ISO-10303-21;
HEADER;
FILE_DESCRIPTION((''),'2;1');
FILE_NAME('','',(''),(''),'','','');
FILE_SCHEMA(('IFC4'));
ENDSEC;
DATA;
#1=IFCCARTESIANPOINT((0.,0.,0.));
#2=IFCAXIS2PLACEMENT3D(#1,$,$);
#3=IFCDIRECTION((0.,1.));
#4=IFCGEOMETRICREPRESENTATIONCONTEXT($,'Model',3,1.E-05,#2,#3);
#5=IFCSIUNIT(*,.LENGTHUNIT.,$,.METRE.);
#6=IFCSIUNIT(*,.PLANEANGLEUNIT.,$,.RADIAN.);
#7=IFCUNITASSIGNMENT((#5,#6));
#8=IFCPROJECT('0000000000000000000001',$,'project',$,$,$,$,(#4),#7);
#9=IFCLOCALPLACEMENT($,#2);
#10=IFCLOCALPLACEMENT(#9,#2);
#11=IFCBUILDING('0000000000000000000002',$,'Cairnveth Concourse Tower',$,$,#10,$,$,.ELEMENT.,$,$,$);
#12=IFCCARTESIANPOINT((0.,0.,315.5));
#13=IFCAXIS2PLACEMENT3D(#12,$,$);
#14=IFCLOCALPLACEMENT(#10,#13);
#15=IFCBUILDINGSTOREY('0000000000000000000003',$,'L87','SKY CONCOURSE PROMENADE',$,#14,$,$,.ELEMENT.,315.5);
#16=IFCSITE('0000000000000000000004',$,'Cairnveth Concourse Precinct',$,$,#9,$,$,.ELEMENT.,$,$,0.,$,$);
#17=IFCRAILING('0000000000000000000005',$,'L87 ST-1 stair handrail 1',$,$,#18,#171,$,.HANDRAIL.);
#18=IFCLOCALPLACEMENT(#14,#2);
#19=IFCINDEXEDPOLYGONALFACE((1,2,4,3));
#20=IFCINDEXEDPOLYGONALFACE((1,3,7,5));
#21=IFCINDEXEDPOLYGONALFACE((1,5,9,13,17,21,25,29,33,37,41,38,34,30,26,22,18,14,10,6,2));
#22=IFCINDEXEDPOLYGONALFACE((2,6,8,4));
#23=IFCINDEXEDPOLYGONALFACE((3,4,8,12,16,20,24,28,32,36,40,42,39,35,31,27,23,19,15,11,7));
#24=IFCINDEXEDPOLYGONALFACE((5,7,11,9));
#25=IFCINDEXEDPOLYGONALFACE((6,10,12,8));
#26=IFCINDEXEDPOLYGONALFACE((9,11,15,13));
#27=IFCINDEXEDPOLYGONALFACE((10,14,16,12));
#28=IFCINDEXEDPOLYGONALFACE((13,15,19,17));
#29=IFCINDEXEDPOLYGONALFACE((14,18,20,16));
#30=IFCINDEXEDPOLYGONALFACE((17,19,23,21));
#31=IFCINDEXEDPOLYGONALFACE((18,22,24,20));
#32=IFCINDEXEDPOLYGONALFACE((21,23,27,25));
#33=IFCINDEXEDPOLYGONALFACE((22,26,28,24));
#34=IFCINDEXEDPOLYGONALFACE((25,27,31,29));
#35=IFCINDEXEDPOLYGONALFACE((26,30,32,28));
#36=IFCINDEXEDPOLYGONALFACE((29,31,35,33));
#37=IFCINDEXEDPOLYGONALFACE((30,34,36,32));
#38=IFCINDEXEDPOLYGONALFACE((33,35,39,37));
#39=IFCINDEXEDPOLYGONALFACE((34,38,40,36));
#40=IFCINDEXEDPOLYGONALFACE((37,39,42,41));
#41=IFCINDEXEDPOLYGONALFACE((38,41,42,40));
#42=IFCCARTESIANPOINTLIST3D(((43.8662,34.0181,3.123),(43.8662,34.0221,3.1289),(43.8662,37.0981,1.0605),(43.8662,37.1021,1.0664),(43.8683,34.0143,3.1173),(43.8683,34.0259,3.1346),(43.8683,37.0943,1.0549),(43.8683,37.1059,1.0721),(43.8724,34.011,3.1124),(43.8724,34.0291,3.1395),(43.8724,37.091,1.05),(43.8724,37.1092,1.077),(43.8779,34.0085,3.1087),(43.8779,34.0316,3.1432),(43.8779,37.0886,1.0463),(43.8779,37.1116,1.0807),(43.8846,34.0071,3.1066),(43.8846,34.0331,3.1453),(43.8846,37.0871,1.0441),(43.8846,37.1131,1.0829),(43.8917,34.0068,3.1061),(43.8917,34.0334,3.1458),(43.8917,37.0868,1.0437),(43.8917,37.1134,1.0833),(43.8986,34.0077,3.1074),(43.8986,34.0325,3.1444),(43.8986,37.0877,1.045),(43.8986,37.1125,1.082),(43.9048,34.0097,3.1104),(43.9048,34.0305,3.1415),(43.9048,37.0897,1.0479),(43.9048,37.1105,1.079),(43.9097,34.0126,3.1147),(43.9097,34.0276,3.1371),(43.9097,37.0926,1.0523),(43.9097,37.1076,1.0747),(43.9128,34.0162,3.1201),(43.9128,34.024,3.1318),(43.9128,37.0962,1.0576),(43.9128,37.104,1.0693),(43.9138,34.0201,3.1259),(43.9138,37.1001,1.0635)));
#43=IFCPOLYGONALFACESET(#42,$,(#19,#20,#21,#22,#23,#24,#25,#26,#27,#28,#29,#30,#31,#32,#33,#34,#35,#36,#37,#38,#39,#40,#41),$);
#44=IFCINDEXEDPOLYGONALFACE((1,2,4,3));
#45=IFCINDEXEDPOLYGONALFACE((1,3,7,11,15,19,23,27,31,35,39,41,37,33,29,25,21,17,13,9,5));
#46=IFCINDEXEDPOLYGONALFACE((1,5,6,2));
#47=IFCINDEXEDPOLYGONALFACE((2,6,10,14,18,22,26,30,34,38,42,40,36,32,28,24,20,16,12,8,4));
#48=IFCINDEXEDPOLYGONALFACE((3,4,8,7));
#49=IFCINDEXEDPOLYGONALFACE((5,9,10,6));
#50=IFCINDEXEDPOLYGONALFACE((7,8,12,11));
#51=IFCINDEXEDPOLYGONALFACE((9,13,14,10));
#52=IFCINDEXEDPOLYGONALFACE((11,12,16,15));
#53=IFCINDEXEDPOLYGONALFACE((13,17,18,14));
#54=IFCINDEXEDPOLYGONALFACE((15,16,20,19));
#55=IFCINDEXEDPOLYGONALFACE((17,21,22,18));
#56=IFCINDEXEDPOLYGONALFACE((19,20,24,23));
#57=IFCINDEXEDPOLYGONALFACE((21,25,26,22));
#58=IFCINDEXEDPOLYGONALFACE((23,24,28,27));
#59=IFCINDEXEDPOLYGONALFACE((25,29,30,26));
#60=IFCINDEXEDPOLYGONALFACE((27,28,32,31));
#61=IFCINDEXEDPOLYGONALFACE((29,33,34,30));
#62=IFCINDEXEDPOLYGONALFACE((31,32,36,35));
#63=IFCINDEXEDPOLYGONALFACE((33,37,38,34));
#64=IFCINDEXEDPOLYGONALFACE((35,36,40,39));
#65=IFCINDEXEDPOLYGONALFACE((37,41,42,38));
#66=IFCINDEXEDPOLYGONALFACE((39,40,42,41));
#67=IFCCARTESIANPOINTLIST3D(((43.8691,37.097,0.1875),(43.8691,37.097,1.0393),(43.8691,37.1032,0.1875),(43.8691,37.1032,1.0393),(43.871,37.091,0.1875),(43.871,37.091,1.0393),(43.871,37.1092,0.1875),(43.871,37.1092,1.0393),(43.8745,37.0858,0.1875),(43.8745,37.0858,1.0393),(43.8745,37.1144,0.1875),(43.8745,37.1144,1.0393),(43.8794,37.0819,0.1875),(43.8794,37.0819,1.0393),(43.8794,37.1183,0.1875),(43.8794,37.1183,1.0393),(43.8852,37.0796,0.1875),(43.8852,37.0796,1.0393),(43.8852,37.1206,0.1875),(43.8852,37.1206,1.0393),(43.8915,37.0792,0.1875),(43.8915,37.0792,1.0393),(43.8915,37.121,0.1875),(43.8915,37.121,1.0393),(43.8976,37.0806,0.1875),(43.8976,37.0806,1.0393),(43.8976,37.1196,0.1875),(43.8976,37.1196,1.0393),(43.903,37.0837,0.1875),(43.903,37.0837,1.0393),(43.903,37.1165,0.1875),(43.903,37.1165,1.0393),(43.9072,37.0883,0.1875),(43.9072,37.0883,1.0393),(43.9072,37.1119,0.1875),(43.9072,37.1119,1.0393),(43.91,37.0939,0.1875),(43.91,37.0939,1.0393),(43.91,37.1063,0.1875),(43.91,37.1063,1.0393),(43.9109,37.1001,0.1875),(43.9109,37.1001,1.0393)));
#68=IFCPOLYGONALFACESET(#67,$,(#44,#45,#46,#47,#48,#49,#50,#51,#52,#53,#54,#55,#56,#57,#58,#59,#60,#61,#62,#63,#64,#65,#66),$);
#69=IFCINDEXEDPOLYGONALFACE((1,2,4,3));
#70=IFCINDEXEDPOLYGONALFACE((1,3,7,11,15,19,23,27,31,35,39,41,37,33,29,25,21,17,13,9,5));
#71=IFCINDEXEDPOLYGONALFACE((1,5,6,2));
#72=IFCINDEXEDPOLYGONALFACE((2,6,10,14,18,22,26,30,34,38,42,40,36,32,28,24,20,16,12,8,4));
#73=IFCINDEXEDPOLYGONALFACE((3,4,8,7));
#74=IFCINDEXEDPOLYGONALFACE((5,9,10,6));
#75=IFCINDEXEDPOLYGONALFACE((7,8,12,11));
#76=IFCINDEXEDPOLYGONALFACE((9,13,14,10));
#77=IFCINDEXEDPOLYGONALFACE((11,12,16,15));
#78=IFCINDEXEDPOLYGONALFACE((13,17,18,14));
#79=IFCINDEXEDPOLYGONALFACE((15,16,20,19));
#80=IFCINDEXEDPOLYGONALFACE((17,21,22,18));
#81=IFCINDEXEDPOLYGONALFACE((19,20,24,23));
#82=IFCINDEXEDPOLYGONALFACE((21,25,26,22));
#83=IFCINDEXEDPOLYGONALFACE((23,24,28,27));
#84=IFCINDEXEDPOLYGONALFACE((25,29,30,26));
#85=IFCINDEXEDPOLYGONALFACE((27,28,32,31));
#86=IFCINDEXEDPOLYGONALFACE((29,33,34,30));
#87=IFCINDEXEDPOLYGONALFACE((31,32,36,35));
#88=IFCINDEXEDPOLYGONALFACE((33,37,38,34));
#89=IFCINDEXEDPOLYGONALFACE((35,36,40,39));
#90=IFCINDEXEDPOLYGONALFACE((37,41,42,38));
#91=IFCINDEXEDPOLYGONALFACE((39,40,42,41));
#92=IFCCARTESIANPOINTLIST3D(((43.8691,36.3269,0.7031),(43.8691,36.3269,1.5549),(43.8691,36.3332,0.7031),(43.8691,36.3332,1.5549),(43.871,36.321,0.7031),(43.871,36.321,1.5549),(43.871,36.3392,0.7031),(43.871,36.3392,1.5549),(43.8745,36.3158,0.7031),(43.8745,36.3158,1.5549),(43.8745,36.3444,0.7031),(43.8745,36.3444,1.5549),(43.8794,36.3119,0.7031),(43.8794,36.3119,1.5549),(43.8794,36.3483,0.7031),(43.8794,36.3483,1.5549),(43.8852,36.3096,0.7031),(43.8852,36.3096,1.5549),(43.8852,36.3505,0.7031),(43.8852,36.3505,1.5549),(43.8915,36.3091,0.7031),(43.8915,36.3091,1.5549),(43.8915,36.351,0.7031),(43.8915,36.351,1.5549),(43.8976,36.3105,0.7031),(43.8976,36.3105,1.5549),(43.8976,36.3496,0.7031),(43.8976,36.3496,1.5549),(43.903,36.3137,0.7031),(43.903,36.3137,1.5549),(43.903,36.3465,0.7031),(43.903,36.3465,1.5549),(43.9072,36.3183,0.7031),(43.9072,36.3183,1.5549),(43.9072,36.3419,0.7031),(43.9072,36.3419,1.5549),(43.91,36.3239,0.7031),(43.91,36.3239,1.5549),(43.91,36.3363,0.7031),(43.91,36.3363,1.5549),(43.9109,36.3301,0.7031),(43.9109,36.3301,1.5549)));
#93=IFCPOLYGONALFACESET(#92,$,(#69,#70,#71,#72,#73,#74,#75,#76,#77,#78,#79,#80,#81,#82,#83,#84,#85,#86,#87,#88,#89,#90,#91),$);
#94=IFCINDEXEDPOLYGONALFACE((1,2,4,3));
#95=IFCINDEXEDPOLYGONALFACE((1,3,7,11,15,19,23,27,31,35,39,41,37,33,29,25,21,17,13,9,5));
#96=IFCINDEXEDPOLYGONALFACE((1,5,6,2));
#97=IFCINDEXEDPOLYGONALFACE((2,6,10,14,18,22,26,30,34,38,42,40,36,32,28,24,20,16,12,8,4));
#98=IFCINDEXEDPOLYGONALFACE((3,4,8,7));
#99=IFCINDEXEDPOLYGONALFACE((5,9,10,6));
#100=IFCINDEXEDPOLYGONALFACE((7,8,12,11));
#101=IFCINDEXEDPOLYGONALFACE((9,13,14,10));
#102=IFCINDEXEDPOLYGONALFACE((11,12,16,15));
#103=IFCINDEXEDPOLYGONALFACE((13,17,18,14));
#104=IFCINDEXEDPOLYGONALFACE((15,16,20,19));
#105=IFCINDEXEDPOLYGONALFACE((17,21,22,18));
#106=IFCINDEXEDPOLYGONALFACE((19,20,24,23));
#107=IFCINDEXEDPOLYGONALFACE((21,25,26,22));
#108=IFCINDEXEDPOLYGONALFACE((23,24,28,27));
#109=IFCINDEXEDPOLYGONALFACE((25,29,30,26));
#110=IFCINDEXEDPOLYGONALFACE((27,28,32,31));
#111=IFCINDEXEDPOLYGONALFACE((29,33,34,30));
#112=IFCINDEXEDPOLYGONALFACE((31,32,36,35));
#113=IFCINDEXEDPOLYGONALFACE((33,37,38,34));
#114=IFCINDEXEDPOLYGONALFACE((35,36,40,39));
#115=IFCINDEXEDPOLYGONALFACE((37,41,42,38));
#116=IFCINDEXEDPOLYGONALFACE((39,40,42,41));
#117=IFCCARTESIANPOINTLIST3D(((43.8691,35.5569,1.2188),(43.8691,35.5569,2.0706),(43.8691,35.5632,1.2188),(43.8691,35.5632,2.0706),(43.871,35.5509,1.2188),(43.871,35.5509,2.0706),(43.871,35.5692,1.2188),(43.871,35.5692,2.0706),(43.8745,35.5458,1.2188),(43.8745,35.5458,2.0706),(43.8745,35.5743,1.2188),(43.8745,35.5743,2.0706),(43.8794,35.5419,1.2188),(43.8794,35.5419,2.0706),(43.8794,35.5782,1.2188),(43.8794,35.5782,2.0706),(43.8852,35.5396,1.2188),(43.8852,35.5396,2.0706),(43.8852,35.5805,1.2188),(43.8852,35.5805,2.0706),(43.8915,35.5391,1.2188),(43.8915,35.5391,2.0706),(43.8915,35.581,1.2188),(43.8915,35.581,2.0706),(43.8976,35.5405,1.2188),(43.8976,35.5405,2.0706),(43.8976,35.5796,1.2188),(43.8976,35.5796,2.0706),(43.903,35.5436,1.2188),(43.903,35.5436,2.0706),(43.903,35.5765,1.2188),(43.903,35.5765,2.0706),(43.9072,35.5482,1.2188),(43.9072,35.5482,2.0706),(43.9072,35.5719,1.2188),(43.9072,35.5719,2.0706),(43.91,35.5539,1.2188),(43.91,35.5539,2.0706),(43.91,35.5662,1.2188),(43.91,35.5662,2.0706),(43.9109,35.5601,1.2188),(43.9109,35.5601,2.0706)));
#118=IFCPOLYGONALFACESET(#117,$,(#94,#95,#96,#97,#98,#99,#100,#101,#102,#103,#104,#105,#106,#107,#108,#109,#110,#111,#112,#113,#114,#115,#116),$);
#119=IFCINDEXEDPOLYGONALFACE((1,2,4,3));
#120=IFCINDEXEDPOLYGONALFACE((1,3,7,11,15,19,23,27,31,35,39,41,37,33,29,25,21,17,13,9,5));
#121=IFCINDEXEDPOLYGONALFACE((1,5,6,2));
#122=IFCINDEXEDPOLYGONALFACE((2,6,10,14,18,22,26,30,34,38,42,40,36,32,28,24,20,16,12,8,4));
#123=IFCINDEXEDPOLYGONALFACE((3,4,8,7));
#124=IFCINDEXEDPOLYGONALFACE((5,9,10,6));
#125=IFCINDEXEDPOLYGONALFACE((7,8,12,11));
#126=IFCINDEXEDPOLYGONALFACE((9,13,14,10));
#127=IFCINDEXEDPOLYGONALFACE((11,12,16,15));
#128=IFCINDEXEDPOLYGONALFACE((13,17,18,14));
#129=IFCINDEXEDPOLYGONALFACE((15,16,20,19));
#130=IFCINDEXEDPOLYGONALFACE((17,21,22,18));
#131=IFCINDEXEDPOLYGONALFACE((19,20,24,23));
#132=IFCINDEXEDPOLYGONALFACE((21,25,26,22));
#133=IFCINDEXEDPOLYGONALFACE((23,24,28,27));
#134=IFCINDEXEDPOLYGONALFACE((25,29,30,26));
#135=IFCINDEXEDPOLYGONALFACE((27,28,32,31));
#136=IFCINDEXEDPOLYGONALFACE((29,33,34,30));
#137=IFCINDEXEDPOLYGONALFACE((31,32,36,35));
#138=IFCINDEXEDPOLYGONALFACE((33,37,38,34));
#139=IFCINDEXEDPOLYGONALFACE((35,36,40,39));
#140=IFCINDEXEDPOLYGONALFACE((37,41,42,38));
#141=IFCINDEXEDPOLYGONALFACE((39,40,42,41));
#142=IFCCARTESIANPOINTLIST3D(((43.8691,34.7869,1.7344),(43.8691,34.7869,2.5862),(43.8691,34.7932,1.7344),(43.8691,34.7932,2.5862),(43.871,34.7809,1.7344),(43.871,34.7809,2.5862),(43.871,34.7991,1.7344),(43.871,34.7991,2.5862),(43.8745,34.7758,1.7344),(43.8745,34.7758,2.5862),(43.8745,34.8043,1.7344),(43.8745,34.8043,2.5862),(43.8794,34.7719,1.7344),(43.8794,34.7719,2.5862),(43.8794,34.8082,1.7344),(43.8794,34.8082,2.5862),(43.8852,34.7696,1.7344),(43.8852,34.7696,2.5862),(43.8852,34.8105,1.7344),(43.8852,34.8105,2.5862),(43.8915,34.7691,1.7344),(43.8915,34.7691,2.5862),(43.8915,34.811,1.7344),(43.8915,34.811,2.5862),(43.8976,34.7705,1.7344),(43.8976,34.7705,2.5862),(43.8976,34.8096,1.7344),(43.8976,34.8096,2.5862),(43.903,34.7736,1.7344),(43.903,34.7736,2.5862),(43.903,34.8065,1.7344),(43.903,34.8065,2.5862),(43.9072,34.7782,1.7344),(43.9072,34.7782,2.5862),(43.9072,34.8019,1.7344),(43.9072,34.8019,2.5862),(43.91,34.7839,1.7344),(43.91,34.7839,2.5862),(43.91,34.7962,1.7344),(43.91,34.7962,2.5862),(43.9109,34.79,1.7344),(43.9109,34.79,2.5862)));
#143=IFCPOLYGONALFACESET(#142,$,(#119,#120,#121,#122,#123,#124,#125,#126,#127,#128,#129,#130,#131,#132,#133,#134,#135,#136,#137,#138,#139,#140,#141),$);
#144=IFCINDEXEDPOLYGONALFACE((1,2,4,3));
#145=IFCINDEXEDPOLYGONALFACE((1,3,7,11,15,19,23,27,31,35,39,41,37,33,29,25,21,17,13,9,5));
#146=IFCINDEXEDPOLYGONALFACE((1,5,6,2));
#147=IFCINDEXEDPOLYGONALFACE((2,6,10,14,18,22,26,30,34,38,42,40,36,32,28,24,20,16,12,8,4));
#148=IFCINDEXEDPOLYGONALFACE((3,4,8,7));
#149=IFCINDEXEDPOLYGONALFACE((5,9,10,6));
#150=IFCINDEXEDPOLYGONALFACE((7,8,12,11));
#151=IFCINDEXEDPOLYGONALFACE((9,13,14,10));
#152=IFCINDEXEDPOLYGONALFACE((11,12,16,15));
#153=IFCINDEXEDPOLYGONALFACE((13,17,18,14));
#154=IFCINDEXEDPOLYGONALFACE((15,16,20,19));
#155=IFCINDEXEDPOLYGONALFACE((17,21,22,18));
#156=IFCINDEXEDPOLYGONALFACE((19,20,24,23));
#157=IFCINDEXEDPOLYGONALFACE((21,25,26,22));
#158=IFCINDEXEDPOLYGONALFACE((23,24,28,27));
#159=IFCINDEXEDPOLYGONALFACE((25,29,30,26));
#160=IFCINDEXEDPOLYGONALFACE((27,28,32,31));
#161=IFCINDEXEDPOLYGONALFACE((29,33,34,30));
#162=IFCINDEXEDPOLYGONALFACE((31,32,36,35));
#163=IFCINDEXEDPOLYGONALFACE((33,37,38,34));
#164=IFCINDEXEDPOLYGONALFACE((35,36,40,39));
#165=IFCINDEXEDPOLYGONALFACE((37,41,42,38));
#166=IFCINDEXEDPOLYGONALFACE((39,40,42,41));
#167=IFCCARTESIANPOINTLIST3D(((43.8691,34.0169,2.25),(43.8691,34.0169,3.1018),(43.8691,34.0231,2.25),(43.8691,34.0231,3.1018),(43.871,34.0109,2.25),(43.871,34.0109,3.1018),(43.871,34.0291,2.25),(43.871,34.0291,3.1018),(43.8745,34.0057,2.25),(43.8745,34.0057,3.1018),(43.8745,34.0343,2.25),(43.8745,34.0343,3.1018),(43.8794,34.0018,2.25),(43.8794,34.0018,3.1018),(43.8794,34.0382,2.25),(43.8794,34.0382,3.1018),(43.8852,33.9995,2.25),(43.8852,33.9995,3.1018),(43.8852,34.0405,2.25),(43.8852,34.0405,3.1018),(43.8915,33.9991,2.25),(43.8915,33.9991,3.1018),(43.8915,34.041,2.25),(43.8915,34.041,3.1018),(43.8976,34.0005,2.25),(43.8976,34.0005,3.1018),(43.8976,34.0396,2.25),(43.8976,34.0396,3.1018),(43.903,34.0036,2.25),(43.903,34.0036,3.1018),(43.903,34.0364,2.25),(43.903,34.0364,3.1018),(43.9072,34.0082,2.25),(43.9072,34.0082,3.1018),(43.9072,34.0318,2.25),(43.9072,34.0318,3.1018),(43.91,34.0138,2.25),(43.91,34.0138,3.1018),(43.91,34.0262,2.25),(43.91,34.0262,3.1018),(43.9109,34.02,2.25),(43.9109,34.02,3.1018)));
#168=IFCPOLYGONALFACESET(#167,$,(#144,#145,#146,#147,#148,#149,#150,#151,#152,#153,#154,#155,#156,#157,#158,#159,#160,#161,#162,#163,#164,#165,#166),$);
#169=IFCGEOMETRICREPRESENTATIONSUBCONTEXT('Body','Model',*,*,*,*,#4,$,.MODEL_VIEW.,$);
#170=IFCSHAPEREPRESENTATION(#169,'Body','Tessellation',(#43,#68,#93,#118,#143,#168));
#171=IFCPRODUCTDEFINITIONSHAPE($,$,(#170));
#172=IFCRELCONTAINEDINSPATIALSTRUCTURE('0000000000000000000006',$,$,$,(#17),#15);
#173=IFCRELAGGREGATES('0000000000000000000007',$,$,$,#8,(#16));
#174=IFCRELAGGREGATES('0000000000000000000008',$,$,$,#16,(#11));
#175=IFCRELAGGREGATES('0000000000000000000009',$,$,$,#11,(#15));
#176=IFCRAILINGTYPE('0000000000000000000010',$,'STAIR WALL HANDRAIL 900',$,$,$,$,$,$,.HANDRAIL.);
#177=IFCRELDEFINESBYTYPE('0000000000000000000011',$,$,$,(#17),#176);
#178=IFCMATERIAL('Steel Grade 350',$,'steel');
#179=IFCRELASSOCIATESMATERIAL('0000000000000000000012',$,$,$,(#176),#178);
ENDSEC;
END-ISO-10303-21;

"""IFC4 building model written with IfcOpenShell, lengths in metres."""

from ifc_helpers import new_model, si_unit, direction, frame, origin, origin_2d, place, context, subcontext, project, spatial, circle, extrude, material, type_object, element, save


model = new_model("IFC4")

# Units and contexts
model_context = context("Model", 3, precision=1e-05, world=origin(), true_north=direction((0.0, 1.0)))
body_context = subcontext(model_context, "Body", "Model", "MODEL_VIEW")
ifc_project = project(units=[si_unit("LENGTHUNIT", "METRE"), si_unit("PLANEANGLEUNIT", "RADIAN")], contexts=[model_context])

# Site, building, storey
site_placement = place(None, origin())
site = spatial("IfcSite", under=ifc_project, at=site_placement, Name="Cairnveth Concourse Precinct", CompositionType="ELEMENT", RefElevation=0.0)
building_placement = place(site_placement, origin())
building = spatial("IfcBuilding", under=site, at=building_placement, Name="Cairnveth Concourse Tower", CompositionType="ELEMENT")
storey_placement = place(building_placement, frame((0.0, 0.0, 315.5)))
storey = spatial("IfcBuildingStorey", under=building, at=storey_placement, Name="L87", Description="SKY CONCOURSE PROMENADE", CompositionType="ELEMENT", Elevation=315.5)

# Shared definitions
ifc_material_1 = material(Name="Steel Grade 350", Category="steel")

# Railing
railing_type_1 = type_object("IfcRailingType", Name="STAIR WALL HANDRAIL 900", PredefinedType="HANDRAIL", material=ifc_material_1)
railing_1_placement = place(storey_placement, frame((43.8899, 37.1001, 0.1875)))
element("IfcRailing", 1, at=railing_1_placement, inside=storey, type_object=railing_type_1, Name="L87 ST-1 stair handrail 1", PredefinedType="HANDRAIL", context=body_context, shape_type="SweptSolid", body=[
    extrude(circle(Radius=0.0239, at=origin_2d()), frame((0.0, 0.0, 0.876), z_axis=(0.0, -0.830914, 0.556401), x_axis=(1.0, 0.0, 0.0)), (0.0, 0.0, 1.0), 3.7068),
    extrude(circle(Radius=0.021, at=origin_2d()), origin(), (0.0, 0.0, 1.0), 0.8518),
    extrude(circle(Radius=0.021, at=origin_2d()), frame((0.0, -0.77, 0.5156)), (0.0, 0.0, 1.0), 0.8518),
    extrude(circle(Radius=0.021, at=origin_2d()), frame((0.0, -1.54, 1.0312)), (0.0, 0.0, 1.0), 0.8518),
    extrude(circle(Radius=0.021, at=origin_2d()), frame((0.0, -2.3101, 1.5469)), (0.0, 0.0, 1.0), 0.8518),
    extrude(circle(Radius=0.021, at=origin_2d()), frame((0.0, -3.0801, 2.0625)), (0.0, 0.0, 1.0), 0.8518),
])

save(model, "model.ifc")
